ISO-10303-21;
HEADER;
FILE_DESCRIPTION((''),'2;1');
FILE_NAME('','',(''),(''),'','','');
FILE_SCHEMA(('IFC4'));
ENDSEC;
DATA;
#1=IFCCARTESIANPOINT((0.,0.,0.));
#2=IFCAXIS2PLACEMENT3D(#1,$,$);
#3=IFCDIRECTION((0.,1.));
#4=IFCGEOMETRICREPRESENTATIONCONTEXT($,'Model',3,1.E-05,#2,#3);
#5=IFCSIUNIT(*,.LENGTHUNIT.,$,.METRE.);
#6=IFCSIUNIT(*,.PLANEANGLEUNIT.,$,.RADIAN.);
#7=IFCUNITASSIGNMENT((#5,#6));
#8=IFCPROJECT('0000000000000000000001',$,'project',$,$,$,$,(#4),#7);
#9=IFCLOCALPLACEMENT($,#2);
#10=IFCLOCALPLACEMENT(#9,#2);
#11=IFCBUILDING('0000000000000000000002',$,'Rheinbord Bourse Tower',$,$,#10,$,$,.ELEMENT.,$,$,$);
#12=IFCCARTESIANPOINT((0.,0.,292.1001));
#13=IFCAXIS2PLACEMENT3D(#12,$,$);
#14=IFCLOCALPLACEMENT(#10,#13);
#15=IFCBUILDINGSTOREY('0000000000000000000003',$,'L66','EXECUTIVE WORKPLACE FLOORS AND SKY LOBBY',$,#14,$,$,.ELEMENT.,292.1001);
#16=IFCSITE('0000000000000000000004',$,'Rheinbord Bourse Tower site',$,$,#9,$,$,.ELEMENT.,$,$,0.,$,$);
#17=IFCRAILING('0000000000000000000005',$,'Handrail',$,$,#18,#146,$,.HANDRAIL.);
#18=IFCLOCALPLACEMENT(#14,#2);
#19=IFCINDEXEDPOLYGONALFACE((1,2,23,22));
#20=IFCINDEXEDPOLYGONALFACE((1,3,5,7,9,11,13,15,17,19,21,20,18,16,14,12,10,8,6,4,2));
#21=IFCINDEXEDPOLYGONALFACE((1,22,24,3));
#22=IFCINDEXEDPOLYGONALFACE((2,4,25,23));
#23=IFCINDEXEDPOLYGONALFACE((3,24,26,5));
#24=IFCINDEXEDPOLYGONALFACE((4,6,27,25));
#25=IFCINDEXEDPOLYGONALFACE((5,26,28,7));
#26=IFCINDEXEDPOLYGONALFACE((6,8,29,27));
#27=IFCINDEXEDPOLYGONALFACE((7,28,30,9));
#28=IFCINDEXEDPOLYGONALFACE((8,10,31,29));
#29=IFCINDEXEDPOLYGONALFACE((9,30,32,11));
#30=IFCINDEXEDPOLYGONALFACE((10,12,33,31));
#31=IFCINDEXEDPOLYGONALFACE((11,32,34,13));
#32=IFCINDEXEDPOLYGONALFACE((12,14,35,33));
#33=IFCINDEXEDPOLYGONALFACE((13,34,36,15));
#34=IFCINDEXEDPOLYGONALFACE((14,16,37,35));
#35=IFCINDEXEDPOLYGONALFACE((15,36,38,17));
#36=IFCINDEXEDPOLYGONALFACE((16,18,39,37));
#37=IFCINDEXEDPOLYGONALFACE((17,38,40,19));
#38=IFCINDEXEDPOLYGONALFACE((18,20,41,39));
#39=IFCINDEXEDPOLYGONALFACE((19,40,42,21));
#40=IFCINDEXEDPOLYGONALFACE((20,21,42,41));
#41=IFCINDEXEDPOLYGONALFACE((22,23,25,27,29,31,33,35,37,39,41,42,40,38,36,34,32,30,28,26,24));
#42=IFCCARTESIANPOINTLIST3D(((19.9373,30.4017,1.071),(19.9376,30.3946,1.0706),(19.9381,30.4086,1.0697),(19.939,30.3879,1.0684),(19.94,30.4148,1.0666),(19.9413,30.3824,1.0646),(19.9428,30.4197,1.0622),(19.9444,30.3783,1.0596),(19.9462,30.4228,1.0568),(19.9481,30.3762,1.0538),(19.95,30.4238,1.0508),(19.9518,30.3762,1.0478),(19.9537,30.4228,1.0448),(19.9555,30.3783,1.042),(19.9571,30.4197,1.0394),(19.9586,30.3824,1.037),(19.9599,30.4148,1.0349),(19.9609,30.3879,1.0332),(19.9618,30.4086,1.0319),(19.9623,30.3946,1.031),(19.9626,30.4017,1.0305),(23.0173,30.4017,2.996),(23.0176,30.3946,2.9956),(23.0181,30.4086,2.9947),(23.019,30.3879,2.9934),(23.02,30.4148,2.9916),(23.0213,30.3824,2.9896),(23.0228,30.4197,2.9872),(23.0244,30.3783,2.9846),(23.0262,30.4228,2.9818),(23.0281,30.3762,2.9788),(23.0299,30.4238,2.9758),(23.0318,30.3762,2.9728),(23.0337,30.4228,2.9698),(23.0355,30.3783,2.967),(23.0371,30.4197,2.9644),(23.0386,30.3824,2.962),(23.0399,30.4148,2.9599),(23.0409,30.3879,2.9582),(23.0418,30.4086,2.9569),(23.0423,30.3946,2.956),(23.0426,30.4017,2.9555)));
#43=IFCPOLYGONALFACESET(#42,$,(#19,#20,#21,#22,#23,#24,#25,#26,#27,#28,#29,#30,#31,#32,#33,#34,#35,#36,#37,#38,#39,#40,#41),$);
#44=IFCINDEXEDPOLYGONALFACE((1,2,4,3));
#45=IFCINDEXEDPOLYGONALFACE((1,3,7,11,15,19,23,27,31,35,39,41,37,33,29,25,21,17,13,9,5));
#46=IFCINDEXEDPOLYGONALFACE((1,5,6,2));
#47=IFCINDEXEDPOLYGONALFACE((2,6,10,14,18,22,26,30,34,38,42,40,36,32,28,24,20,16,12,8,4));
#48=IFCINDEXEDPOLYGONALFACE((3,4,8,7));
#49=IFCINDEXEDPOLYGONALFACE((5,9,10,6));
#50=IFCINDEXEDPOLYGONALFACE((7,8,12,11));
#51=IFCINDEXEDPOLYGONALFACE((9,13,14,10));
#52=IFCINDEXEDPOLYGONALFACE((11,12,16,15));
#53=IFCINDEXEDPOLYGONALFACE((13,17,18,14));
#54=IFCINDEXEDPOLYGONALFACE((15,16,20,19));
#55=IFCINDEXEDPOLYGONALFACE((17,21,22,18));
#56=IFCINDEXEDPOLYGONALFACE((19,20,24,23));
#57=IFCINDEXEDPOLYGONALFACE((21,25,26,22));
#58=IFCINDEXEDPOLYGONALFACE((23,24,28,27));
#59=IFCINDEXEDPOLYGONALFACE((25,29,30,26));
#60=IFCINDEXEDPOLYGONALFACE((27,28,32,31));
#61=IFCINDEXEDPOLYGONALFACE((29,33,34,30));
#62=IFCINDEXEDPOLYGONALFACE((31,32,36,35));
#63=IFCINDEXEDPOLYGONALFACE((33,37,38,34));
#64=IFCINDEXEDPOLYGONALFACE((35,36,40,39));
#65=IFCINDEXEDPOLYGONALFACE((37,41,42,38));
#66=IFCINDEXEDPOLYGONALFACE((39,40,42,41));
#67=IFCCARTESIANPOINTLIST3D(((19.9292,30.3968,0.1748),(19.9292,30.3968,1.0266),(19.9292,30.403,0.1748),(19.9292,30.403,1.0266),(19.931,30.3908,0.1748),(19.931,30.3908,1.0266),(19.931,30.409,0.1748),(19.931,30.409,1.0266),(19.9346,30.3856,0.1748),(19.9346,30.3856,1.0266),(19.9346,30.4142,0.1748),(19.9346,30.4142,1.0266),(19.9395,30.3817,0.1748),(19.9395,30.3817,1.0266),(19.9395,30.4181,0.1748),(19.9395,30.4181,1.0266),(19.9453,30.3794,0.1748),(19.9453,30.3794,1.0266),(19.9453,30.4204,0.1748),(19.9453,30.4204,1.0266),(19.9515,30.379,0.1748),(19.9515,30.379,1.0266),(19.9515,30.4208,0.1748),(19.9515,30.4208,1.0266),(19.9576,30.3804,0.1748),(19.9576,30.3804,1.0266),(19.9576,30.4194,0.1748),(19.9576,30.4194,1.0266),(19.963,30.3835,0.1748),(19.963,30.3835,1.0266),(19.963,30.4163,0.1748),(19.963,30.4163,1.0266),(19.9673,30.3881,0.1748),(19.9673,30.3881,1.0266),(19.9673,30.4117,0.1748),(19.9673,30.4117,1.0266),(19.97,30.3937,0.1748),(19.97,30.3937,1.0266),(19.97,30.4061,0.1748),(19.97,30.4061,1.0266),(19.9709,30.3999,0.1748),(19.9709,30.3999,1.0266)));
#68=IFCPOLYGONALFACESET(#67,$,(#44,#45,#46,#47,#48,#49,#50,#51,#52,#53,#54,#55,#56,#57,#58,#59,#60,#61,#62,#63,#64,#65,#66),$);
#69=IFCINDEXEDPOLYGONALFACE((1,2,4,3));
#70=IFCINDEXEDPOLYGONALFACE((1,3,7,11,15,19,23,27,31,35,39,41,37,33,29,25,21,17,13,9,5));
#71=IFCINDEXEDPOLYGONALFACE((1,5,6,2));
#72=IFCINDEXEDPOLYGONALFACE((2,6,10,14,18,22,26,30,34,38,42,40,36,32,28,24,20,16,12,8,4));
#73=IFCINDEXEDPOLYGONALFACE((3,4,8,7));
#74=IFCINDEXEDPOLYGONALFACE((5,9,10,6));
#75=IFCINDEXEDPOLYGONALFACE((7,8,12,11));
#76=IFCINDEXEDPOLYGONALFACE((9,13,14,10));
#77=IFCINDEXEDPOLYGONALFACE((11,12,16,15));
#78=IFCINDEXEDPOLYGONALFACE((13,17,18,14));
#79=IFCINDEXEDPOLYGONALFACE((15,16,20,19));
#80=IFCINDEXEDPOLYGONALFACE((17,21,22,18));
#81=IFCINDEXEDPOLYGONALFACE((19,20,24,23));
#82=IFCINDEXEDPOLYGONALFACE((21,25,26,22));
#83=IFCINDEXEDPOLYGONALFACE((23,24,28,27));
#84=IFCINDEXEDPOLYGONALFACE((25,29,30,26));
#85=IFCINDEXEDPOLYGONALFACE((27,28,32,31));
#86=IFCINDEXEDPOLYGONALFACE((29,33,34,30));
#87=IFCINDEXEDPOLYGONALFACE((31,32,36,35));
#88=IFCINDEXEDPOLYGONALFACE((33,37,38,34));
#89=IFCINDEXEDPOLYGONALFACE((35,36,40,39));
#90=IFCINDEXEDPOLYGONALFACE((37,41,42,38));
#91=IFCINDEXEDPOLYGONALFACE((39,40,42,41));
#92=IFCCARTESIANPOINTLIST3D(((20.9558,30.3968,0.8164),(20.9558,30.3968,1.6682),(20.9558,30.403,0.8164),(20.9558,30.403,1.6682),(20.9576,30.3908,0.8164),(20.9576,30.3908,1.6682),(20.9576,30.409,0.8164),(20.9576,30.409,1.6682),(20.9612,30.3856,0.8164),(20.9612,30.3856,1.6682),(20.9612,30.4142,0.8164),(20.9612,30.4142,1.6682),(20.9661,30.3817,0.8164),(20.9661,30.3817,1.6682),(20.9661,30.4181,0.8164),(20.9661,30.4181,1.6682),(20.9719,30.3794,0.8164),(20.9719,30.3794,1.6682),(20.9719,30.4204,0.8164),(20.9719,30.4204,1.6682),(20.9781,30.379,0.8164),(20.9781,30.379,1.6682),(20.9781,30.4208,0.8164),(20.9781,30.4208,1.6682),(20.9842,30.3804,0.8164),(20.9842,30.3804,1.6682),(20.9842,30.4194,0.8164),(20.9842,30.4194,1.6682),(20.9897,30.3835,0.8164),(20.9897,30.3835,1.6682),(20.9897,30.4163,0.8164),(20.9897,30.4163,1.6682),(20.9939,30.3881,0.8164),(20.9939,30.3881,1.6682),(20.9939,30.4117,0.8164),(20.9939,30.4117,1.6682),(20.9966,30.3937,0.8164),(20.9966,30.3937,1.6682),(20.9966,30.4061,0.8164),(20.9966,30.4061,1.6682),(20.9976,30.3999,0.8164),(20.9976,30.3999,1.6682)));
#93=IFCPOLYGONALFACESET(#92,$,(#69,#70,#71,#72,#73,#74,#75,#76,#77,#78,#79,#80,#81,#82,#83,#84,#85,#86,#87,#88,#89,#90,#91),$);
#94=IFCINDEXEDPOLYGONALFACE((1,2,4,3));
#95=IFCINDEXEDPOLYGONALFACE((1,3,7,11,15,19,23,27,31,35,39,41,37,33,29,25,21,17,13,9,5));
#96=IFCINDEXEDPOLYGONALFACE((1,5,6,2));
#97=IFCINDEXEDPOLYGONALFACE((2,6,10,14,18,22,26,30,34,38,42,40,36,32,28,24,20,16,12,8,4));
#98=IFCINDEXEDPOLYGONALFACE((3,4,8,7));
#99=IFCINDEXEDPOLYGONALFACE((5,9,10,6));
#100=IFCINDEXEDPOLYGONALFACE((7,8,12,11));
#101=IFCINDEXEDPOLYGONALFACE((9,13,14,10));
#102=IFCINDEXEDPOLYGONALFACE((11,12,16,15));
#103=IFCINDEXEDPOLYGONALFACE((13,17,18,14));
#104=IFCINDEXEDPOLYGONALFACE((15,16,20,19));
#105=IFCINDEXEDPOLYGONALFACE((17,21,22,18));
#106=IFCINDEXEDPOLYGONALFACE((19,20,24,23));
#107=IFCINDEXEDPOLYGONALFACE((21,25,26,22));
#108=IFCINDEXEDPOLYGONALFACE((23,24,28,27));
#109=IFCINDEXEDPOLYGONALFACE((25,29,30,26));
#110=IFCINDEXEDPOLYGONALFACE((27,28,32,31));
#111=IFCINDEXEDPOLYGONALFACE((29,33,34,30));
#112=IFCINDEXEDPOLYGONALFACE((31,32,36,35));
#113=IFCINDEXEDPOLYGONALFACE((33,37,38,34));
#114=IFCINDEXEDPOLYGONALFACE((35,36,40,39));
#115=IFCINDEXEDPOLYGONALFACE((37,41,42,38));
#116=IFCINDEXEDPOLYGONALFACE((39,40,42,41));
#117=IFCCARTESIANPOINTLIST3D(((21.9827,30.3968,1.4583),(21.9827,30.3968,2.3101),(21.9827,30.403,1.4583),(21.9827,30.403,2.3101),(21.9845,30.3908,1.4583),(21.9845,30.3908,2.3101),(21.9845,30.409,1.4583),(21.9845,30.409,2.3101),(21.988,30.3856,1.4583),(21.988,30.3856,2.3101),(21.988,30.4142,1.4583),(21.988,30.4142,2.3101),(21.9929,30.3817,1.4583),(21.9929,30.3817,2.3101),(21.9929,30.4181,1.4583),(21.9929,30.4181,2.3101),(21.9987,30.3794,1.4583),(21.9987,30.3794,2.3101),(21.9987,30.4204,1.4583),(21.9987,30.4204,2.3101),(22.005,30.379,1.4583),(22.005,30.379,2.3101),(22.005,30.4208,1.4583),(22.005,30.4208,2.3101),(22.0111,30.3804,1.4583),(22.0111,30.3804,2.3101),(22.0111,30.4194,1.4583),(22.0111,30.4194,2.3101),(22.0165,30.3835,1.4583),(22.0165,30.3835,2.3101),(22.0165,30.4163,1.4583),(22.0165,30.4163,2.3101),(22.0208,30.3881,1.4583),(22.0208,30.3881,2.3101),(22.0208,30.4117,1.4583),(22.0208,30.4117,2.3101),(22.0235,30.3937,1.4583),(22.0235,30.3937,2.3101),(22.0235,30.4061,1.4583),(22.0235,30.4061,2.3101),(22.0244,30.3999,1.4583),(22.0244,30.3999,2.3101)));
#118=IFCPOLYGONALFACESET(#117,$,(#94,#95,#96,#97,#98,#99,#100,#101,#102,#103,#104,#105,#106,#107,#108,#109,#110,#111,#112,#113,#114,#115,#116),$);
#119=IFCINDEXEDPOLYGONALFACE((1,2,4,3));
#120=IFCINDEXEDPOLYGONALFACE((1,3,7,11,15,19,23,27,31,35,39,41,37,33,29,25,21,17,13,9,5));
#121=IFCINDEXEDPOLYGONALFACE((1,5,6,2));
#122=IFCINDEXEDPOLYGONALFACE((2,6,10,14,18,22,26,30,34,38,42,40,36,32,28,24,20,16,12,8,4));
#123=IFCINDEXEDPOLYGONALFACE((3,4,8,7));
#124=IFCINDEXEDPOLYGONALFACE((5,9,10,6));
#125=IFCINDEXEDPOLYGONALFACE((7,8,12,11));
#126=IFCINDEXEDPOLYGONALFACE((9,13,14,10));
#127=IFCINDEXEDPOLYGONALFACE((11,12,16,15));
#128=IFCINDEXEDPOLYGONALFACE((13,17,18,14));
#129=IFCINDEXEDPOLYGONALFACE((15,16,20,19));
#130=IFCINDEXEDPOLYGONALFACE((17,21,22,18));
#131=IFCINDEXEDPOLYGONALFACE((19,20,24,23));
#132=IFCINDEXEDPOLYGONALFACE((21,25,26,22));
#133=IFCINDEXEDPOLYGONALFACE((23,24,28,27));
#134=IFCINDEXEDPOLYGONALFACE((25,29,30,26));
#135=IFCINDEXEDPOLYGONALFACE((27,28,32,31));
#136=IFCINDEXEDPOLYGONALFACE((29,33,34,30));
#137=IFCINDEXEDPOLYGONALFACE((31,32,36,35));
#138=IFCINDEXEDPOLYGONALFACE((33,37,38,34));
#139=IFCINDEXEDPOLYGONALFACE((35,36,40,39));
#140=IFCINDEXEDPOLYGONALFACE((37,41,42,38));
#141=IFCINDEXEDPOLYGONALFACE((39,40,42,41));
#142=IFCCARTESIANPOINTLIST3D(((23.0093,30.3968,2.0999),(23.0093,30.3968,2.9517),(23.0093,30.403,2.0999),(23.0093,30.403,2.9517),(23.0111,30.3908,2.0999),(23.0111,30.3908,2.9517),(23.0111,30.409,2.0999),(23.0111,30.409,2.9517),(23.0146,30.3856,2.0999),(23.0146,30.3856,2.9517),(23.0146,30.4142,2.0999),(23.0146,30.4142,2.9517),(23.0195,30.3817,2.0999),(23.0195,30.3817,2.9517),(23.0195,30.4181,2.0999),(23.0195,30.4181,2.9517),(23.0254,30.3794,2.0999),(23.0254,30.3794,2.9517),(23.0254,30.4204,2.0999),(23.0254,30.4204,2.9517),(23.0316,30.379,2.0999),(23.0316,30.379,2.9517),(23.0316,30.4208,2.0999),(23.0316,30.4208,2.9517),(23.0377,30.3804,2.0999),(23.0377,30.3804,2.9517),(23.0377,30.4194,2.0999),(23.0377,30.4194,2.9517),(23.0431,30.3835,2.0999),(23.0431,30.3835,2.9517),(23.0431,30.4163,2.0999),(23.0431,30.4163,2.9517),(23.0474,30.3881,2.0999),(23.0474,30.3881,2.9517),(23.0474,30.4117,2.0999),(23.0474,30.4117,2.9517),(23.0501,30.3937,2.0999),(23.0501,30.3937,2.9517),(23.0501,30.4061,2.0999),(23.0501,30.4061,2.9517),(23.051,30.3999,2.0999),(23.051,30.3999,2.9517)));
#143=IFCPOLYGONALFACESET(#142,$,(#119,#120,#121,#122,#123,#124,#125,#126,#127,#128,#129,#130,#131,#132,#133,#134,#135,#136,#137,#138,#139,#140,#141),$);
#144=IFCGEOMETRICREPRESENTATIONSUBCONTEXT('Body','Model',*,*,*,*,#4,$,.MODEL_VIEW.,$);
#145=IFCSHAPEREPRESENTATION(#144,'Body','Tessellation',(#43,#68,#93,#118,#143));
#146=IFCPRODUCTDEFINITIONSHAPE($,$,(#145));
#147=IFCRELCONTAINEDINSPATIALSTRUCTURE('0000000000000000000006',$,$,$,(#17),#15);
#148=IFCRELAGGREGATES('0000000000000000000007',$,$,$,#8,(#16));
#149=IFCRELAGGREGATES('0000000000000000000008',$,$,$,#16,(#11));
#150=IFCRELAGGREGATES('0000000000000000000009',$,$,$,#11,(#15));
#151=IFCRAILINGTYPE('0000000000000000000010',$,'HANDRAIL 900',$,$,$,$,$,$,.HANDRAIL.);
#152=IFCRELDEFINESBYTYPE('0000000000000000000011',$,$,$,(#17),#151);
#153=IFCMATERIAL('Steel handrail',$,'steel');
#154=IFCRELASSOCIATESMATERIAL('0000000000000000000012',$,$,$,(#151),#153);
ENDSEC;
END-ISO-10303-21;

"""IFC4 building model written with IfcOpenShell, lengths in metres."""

from ifc_helpers import new_model, si_unit, direction, frame, origin, origin_2d, place, context, subcontext, project, spatial, circle, extrude, material, type_object, element, save


model = new_model("IFC4")

# Units and contexts
model_context = context("Model", 3, precision=1e-05, world=origin(), true_north=direction((0.0, 1.0)))
body_context = subcontext(model_context, "Body", "Model", "MODEL_VIEW")
ifc_project = project(units=[si_unit("LENGTHUNIT", "METRE"), si_unit("PLANEANGLEUNIT", "RADIAN")], contexts=[model_context])

# Site, building, storey
site_placement = place(None, origin())
site = spatial("IfcSite", under=ifc_project, at=site_placement, Name="Rheinbord Bourse Tower site", CompositionType="ELEMENT", RefElevation=0.0)
building_placement = place(site_placement, origin())
building = spatial("IfcBuilding", under=site, at=building_placement, Name="Rheinbord Bourse Tower", CompositionType="ELEMENT")
storey_placement = place(building_placement, frame((0.0, 0.0, 292.1001)))
storey = spatial("IfcBuildingStorey", under=building, at=storey_placement, Name="L66", Description="EXECUTIVE WORKPLACE FLOORS AND SKY LOBBY", CompositionType="ELEMENT", Elevation=292.1001)

# Railing
ifc_material_1 = material(Name="Steel handrail", Category="steel")
railing_type = type_object("IfcRailingType", Name="HANDRAIL 900", PredefinedType="HANDRAIL", material=ifc_material_1)
railing_1_placement = place(storey_placement, frame((19.95, 30.3999, 0.1748)))
element("IfcRailing", 1, at=railing_1_placement, inside=storey, type_object=railing_type, Name="Handrail", PredefinedType="HANDRAIL", context=body_context, shape_type="SweptSolid", body=[
    extrude(circle(Radius=0.0239, at=origin_2d()), frame((0.0, 0.0, 0.876), z_axis=(0.847998, 0.0, 0.529999), x_axis=(0.0, 1.0, 0.0)), (0.0, 0.0, 1.0), 3.6321),
    extrude(circle(Radius=0.021, at=origin_2d()), origin(), (0.0, 0.0, 1.0), 0.8518),
    extrude(circle(Radius=0.021, at=origin_2d()), frame((1.0266, 0.0, 0.6416)), (0.0, 0.0, 1.0), 0.8518),
    extrude(circle(Radius=0.021, at=origin_2d()), frame((2.0535, 0.0, 1.2834)), (0.0, 0.0, 1.0), 0.8518),
    extrude(circle(Radius=0.021, at=origin_2d()), frame((3.0801, 0.0, 1.925)), (0.0, 0.0, 1.0), 0.8518),
])

save(model, "model.ifc")
